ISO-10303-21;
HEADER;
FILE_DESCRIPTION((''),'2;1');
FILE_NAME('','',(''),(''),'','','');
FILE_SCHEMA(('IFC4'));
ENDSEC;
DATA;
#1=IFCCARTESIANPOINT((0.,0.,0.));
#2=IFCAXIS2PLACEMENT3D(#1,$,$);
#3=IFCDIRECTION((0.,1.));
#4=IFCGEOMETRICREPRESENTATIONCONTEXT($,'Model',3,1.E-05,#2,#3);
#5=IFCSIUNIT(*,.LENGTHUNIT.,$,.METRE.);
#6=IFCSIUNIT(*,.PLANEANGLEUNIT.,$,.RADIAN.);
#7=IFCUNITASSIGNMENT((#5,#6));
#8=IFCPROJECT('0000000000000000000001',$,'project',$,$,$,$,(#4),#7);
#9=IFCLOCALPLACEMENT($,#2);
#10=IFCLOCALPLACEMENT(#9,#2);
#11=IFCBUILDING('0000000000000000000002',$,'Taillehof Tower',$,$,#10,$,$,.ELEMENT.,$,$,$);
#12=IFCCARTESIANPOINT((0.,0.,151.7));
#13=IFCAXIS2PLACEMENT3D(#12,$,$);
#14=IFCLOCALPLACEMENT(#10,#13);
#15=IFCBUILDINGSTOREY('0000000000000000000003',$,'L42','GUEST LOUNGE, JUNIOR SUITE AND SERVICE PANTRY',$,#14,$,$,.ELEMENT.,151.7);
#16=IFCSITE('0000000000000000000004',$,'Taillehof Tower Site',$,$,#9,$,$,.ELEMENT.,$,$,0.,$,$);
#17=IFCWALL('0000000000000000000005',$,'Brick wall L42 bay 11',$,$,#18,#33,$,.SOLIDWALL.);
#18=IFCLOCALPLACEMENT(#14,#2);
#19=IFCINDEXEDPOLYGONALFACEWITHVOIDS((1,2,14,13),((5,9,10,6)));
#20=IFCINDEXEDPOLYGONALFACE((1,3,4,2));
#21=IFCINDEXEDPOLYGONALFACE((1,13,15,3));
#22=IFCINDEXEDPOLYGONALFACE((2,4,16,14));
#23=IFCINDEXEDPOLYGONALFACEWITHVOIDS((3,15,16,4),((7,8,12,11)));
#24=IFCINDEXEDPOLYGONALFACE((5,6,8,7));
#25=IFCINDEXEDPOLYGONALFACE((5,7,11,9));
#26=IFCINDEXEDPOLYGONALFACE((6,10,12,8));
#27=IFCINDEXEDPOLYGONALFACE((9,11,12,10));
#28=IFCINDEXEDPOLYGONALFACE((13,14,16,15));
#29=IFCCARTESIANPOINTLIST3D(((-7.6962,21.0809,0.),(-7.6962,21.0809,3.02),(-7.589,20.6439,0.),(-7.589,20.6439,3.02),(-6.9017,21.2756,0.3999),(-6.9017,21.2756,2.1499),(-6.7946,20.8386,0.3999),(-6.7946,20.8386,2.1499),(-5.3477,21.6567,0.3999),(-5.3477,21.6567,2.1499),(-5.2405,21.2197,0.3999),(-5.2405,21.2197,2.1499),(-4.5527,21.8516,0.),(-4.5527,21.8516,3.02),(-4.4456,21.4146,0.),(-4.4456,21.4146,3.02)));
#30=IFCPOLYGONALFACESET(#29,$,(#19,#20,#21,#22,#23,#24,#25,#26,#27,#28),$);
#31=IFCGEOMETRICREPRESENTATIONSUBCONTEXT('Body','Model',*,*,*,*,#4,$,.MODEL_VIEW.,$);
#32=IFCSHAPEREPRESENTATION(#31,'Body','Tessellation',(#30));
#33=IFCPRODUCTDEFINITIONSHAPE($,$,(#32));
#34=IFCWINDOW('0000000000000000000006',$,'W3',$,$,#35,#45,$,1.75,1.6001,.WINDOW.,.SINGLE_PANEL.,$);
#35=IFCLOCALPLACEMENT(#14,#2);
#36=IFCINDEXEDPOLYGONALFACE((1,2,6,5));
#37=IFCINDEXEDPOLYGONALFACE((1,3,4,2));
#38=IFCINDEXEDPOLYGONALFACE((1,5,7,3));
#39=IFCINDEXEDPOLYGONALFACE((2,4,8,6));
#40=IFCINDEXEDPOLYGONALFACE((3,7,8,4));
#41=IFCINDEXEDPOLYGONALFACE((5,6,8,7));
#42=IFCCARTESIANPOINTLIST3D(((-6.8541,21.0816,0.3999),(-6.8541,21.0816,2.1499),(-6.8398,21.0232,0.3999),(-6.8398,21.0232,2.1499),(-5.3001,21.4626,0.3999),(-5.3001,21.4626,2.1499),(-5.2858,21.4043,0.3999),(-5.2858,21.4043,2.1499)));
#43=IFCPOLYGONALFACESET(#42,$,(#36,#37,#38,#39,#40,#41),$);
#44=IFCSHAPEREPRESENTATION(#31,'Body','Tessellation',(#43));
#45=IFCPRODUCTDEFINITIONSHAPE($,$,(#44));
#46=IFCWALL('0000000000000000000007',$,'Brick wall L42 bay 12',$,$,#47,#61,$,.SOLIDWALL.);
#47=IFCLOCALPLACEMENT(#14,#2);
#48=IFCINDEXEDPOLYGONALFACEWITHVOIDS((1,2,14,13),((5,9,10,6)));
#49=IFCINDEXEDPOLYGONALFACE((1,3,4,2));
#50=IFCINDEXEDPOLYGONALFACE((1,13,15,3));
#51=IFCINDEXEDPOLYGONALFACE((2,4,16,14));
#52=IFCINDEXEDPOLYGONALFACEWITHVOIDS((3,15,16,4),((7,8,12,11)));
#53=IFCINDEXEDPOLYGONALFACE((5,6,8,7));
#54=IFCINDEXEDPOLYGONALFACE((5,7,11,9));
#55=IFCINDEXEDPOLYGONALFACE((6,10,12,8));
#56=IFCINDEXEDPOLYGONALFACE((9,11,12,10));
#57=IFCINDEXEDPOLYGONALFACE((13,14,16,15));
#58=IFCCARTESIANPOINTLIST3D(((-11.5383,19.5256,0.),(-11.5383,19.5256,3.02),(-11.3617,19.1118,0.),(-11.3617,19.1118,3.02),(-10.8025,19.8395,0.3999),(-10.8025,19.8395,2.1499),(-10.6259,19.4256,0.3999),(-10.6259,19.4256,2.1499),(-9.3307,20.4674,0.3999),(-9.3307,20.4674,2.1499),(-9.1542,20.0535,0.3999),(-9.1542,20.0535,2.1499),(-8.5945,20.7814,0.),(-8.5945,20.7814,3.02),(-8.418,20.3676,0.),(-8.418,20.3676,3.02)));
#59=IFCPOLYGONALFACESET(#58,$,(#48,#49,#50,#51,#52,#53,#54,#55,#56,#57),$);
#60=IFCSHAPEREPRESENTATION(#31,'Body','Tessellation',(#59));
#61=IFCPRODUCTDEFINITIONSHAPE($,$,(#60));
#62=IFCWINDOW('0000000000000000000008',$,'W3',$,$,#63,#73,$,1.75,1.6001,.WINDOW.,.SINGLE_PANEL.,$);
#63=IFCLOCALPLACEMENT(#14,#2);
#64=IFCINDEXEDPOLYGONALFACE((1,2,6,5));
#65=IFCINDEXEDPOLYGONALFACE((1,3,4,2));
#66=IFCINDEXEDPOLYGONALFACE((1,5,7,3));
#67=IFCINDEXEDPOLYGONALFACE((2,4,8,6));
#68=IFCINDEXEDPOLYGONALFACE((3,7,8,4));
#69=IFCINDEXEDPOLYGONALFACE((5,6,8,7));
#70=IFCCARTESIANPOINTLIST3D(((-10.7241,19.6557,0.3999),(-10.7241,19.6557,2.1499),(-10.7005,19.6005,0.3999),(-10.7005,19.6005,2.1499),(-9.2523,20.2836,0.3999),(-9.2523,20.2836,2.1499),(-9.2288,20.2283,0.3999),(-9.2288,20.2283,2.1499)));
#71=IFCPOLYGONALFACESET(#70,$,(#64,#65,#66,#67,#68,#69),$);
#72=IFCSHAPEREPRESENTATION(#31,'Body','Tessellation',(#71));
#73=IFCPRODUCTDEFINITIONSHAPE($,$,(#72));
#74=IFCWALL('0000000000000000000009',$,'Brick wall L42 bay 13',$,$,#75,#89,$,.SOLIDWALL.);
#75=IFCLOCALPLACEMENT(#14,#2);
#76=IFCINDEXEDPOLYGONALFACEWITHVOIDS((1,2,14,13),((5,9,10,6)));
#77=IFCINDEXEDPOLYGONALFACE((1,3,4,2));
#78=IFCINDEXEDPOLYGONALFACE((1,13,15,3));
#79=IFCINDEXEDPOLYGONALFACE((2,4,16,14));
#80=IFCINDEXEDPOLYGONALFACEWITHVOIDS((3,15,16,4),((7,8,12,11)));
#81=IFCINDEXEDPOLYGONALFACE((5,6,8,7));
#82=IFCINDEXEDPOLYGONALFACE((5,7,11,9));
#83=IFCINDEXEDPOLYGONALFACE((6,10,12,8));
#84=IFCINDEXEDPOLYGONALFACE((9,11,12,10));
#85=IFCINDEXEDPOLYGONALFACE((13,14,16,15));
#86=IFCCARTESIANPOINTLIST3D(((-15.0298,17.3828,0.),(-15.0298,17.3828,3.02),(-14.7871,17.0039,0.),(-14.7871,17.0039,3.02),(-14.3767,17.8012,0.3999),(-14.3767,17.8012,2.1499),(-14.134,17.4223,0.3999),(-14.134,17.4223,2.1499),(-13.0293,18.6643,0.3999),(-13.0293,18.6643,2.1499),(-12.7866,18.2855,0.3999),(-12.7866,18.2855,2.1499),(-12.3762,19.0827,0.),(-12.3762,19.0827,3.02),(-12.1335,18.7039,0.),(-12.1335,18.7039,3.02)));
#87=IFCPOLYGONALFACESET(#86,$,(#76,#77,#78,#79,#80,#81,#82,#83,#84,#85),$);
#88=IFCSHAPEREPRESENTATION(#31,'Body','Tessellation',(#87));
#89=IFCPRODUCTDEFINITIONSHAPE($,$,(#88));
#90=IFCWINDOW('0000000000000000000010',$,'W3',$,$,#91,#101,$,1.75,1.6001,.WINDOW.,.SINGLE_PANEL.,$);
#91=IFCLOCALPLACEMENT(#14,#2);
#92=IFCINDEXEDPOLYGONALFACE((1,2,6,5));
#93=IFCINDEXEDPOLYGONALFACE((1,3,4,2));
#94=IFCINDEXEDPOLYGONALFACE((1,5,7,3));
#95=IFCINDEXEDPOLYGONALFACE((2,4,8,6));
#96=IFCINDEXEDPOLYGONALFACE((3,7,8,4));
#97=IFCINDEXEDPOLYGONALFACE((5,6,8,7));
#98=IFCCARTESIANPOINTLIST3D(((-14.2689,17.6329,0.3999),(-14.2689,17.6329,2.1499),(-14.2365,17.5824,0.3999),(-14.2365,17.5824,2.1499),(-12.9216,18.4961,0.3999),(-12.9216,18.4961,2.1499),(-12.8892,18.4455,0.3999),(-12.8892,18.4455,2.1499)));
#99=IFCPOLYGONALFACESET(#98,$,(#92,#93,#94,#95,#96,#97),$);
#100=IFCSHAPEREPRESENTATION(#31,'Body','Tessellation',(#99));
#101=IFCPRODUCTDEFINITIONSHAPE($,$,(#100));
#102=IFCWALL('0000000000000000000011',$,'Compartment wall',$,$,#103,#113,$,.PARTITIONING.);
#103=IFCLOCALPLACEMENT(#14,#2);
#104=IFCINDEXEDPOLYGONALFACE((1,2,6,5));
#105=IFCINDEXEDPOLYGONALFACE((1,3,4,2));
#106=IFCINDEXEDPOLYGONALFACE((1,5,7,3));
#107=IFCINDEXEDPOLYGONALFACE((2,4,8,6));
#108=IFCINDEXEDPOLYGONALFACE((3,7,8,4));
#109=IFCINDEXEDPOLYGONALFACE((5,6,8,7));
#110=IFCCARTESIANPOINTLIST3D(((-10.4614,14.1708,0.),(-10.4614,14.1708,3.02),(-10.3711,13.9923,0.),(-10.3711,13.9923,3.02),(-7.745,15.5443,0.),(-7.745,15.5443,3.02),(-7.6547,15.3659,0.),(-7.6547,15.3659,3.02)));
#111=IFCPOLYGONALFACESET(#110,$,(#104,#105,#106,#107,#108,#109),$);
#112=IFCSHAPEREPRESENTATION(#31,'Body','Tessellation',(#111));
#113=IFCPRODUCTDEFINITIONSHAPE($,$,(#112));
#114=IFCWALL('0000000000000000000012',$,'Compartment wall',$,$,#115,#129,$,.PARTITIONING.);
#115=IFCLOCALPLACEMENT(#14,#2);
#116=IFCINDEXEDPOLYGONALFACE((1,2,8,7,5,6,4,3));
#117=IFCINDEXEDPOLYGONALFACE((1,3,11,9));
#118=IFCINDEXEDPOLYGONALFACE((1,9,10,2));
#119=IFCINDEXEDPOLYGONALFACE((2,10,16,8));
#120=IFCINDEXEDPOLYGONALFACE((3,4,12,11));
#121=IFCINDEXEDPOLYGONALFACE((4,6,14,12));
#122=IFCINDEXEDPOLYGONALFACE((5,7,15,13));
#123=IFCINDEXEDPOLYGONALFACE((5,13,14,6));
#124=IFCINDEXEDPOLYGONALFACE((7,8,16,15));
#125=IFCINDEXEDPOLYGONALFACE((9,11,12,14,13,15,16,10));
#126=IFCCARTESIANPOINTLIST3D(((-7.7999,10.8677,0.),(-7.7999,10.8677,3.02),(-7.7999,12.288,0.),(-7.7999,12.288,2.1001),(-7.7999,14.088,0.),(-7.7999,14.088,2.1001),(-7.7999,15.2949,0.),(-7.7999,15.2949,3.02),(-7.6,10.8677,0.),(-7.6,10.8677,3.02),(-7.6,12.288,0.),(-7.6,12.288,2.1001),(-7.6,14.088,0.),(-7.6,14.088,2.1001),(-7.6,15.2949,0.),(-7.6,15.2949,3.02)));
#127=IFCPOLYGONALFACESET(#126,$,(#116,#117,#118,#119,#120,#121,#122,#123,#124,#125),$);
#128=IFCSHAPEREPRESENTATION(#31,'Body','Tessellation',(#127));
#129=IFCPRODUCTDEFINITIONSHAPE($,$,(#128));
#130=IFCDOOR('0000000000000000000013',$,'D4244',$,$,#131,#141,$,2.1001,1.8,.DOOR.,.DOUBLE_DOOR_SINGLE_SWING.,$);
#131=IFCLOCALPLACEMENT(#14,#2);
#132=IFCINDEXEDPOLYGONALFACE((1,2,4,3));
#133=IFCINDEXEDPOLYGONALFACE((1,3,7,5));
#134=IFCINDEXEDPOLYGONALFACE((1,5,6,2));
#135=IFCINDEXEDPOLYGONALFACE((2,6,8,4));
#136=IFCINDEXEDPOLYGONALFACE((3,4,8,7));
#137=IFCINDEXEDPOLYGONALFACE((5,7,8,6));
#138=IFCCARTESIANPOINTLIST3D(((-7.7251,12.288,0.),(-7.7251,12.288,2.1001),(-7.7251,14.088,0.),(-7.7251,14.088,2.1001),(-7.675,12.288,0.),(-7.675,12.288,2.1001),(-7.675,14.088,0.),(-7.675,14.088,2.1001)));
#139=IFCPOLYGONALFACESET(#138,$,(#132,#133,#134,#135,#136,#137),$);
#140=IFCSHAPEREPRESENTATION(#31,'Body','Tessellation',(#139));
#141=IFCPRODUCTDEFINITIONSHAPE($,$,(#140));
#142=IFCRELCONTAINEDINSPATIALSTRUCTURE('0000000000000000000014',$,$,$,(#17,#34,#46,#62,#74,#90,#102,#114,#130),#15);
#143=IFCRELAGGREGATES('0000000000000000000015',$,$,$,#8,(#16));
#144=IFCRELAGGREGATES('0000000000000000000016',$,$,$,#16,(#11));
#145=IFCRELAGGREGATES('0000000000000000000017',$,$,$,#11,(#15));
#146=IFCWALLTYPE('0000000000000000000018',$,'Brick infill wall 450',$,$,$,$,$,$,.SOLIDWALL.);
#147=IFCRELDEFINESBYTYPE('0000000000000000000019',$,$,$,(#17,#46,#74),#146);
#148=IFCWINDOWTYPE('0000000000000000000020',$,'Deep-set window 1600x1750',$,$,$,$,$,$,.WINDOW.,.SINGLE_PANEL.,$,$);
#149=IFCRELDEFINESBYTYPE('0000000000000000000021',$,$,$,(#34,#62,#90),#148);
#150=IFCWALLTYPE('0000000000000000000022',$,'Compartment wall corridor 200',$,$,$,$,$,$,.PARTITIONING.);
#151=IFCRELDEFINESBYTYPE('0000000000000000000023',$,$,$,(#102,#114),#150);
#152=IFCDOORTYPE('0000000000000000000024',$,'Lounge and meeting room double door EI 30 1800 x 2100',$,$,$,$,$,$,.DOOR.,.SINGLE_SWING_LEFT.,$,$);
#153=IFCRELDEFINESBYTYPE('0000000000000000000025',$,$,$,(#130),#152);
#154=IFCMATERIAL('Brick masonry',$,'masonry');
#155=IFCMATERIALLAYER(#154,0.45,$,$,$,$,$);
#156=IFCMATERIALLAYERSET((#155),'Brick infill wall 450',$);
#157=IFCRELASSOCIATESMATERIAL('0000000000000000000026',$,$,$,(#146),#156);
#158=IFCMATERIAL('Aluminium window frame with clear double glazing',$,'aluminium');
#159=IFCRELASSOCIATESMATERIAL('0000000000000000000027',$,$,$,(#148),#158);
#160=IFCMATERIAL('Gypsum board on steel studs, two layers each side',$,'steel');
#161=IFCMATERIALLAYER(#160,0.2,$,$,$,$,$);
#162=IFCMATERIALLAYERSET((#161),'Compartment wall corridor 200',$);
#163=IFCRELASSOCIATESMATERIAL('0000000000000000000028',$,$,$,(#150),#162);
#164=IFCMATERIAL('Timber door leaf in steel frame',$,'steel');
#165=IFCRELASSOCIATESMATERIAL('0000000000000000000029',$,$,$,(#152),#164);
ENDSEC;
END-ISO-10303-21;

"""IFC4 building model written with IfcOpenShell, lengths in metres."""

from ifc_helpers import new_model, si_unit, direction, frame, frame_2d, origin, place, context, subcontext, project, spatial, rectangle, extrude, material, layer, layer_set, type_object, element, fill, save


model = new_model("IFC4")

# Units and contexts
model_context = context("Model", 3, precision=1e-05, world=origin(), true_north=direction((0.0, 1.0)))
body_context = subcontext(model_context, "Body", "Model", "MODEL_VIEW")
ifc_project = project(units=[si_unit("LENGTHUNIT", "METRE"), si_unit("PLANEANGLEUNIT", "RADIAN")], contexts=[model_context])

# Site, building, storey
site_placement = place(None, origin())
site = spatial("IfcSite", under=ifc_project, at=site_placement, Name="Taillehof Tower Site", CompositionType="ELEMENT", RefElevation=0.0)
building_placement = place(site_placement, origin())
building = spatial("IfcBuilding", under=site, at=building_placement, Name="Taillehof Tower", CompositionType="ELEMENT")
storey_placement = place(building_placement, frame((0.0, 0.0, 151.7)))
storey = spatial("IfcBuildingStorey", under=building, at=storey_placement, Name="L42", Description="GUEST LOUNGE, JUNIOR SUITE AND SERVICE PANTRY", CompositionType="ELEMENT", Elevation=151.7)

# Walls, openings, windows
ifc_material_1 = material(Name="Brick masonry", Category="masonry")
ifc_layer_1 = layer(ifc_material_1, 0.45)
ifc_layer_set_1 = layer_set([ifc_layer_1], Name="Brick infill wall 450")
wall_type_1 = type_object("IfcWallType", Name="Brick infill wall 450", PredefinedType="SOLIDWALL", material=ifc_layer_set_1)
ifc_material_2 = material(Name="Aluminium window frame with clear double glazing", Category="aluminium")
window_type = type_object("IfcWindowType", Name="Deep-set window 1600x1750", PartitioningType="SINGLE_PANEL", PredefinedType="WINDOW", material=ifc_material_2)
wall_1_placement = place(storey_placement, frame((-4.4993, 21.6331, 0.0), z_axis=(0.0, 0.0, 1.0), x_axis=(-0.971233, -0.238132, 0.0)))
wall_1 = element("IfcWall", 1, at=wall_1_placement, inside=storey, type_object=wall_type_1, Name="Brick wall L42 bay 11", PredefinedType="SOLIDWALL", context=body_context, shape_type="SweptSolid", body=[
    extrude(rectangle(XDim=3.2366, YDim=0.45, at=frame_2d((1.6182, 0.0))), origin(), (0.0, 0.0, 1.0), 3.02),
])
opening_1_placement = place(wall_1_placement, frame((0.8184, 0.0, 0.3999)))
opening_1 = element("IfcOpeningElement", 2, at=opening_1_placement, cuts=wall_1, PredefinedType="OPENING", context=body_context, shape_type="SweptSolid", body=[
    extrude(rectangle(XDim=1.6001, YDim=1.75, at=frame_2d((0.8, 0.875))), frame((0.0, 0.2349, 0.0), z_axis=(0.0, -1.0, 0.0), x_axis=(1.0, 0.0, 0.0)), (0.0, 0.0, 1.0), 0.47),
])
window_1_placement = place(opening_1_placement, origin())
window_1 = element("IfcWindow", 3, at=window_1_placement, inside=storey, type_object=window_type, Name="W3", OverallHeight=1.75, OverallWidth=1.6001, PartitioningType="SINGLE_PANEL", PredefinedType="WINDOW", context=body_context, shape_type="SweptSolid", body=[
    extrude(rectangle(XDim=1.6001, YDim=1.75, at=frame_2d((0.8, 0.875))), frame((0.0, 0.0349, 0.0), z_axis=(0.0, -1.0, 0.0), x_axis=(1.0, 0.0, 0.0)), (0.0, 0.0, 1.0), 0.0601),
])
fill(opening_1, window_1)
wall_2_placement = place(storey_placement, frame((-8.5063, 20.5745, 0.0), z_axis=(0.0, 0.0, 1.0), x_axis=(-0.919799, -0.39239, 0.0)))
wall_2 = element("IfcWall", 4, at=wall_2_placement, inside=storey, type_object=wall_type_1, Name="Brick wall L42 bay 12", PredefinedType="SOLIDWALL", context=body_context, shape_type="SweptSolid", body=[
    extrude(rectangle(XDim=3.2004, YDim=0.45, at=frame_2d((1.6001, 0.0))), origin(), (0.0, 0.0, 1.0), 3.02),
])
opening_2_placement = place(wall_2_placement, frame((0.8003, 0.0, 0.3999)))
opening_2 = element("IfcOpeningElement", 5, at=opening_2_placement, cuts=wall_2, PredefinedType="OPENING", context=body_context, shape_type="SweptSolid", body=[
    extrude(rectangle(XDim=1.6001, YDim=1.75, at=frame_2d((0.8, 0.875))), frame((0.0, 0.2349, 0.0), z_axis=(0.0, -1.0, 0.0), x_axis=(1.0, 0.0, 0.0)), (0.0, 0.0, 1.0), 0.47),
])
window_2_placement = place(opening_2_placement, origin())
window_2 = element("IfcWindow", 6, at=window_2_placement, inside=storey, type_object=window_type, Name="W3", OverallHeight=1.75, OverallWidth=1.6001, PartitioningType="SINGLE_PANEL", PredefinedType="WINDOW", context=body_context, shape_type="SweptSolid", body=[
    extrude(rectangle(XDim=1.6001, YDim=1.75, at=frame_2d((0.8, 0.875))), frame((0.0, 0.0349, 0.0), z_axis=(0.0, -1.0, 0.0), x_axis=(1.0, 0.0, 0.0)), (0.0, 0.0, 1.0), 0.0601),
])
fill(opening_2, window_2)
wall_3_placement = place(storey_placement, frame((-12.2549, 18.8933, 0.0), z_axis=(0.0, 0.0, 1.0), x_axis=(-0.842031, -0.53943, 0.0)))
wall_3 = element("IfcWall", 7, at=wall_3_placement, inside=storey, type_object=wall_type_1, Name="Brick wall L42 bay 13", PredefinedType="SOLIDWALL", context=body_context, shape_type="SweptSolid", body=[
    extrude(rectangle(XDim=3.1514, YDim=0.45, at=frame_2d((1.5757, 0.0))), origin(), (0.0, 0.0, 1.0), 3.02),
])
opening_3_placement = place(wall_3_placement, frame((0.7756, 0.0, 0.3999)))
opening_3 = element("IfcOpeningElement", 8, at=opening_3_placement, cuts=wall_3, PredefinedType="OPENING", context=body_context, shape_type="SweptSolid", body=[
    extrude(rectangle(XDim=1.6001, YDim=1.75, at=frame_2d((0.8, 0.875))), frame((0.0, 0.2349, 0.0), z_axis=(0.0, -1.0, 0.0), x_axis=(1.0, 0.0, 0.0)), (0.0, 0.0, 1.0), 0.47),
])
window_3_placement = place(opening_3_placement, origin())
window_3 = element("IfcWindow", 9, at=window_3_placement, inside=storey, type_object=window_type, Name="W3", OverallHeight=1.75, OverallWidth=1.6001, PartitioningType="SINGLE_PANEL", PredefinedType="WINDOW", context=body_context, shape_type="SweptSolid", body=[
    extrude(rectangle(XDim=1.6001, YDim=1.75, at=frame_2d((0.8, 0.875))), frame((0.0, 0.0349, 0.0), z_axis=(0.0, -1.0, 0.0), x_axis=(1.0, 0.0, 0.0)), (0.0, 0.0, 1.0), 0.0601),
])
fill(opening_3, window_3)

# Wall
ifc_material_3 = material(Name="Gypsum board on steel studs, two layers each side", Category="steel")
ifc_layer_2 = layer(ifc_material_3, 0.2)
ifc_layer_set_2 = layer_set([ifc_layer_2], Name="Compartment wall corridor 200")
wall_type_2 = type_object("IfcWallType", Name="Compartment wall corridor 200", PredefinedType="PARTITIONING", material=ifc_layer_set_2)
wall_4_placement = place(storey_placement, frame((-10.4163, 14.0815, 0.0), z_axis=(0.0, 0.0, 1.0), x_axis=(0.892397, 0.451252, 0.0)))
element("IfcWall", 10, at=wall_4_placement, inside=storey, type_object=wall_type_2, Name="Compartment wall", PredefinedType="PARTITIONING", context=body_context, shape_type="SweptSolid", body=[
    extrude(rectangle(XDim=3.0439, YDim=0.2, at=frame_2d((1.522, 0.0))), origin(), (0.0, 0.0, 1.0), 3.02),
])

# Wall, opening, door
wall_5_placement = place(storey_placement, frame((-7.7, 15.2949, 0.0), z_axis=(0.0, 0.0, 1.0), x_axis=(0.0, -1.0, 0.0)))
wall_5 = element("IfcWall", 11, at=wall_5_placement, inside=storey, type_object=wall_type_2, Name="Compartment wall", PredefinedType="PARTITIONING", context=body_context, shape_type="SweptSolid", body=[
    extrude(rectangle(XDim=4.4272, YDim=0.2, at=frame_2d((2.2136, 0.0))), origin(), (0.0, 0.0, 1.0), 3.02),
])
opening_4_placement = place(wall_5_placement, frame((1.207, 0.0, 0.0)))
opening_4 = element("IfcOpeningElement", 12, at=opening_4_placement, cuts=wall_5, PredefinedType="OPENING", context=body_context, shape_type="SweptSolid", body=[
    extrude(rectangle(XDim=1.8, YDim=2.1001, at=frame_2d((0.8999, 1.05))), frame((0.0, 0.1099, 0.0), z_axis=(0.0, -1.0, 0.0), x_axis=(1.0, 0.0, 0.0)), (0.0, 0.0, 1.0), 0.22),
])
ifc_material_4 = material(Name="Timber door leaf in steel frame", Category="steel")
door_type_1 = type_object("IfcDoorType", Name="Lounge and meeting room double door EI 30 1800 x 2100", OperationType="SINGLE_SWING_LEFT", PredefinedType="DOOR", material=ifc_material_4)
door_1_placement = place(opening_4_placement, origin())
door_1 = element("IfcDoor", 13, at=door_1_placement, inside=storey, type_object=door_type_1, Name="D4244", OperationType="DOUBLE_DOOR_SINGLE_SWING", OverallHeight=2.1001, OverallWidth=1.8, PredefinedType="DOOR", context=body_context, shape_type="SweptSolid", body=[
    extrude(rectangle(XDim=1.8, YDim=2.1001, at=frame_2d((0.8999, 1.05))), frame((0.0, 0.0249, 0.0), z_axis=(0.0, -1.0, 0.0), x_axis=(1.0, 0.0, 0.0)), (0.0, 0.0, 1.0), 0.05),
])
fill(opening_4, door_1)

save(model, "model.ifc")
